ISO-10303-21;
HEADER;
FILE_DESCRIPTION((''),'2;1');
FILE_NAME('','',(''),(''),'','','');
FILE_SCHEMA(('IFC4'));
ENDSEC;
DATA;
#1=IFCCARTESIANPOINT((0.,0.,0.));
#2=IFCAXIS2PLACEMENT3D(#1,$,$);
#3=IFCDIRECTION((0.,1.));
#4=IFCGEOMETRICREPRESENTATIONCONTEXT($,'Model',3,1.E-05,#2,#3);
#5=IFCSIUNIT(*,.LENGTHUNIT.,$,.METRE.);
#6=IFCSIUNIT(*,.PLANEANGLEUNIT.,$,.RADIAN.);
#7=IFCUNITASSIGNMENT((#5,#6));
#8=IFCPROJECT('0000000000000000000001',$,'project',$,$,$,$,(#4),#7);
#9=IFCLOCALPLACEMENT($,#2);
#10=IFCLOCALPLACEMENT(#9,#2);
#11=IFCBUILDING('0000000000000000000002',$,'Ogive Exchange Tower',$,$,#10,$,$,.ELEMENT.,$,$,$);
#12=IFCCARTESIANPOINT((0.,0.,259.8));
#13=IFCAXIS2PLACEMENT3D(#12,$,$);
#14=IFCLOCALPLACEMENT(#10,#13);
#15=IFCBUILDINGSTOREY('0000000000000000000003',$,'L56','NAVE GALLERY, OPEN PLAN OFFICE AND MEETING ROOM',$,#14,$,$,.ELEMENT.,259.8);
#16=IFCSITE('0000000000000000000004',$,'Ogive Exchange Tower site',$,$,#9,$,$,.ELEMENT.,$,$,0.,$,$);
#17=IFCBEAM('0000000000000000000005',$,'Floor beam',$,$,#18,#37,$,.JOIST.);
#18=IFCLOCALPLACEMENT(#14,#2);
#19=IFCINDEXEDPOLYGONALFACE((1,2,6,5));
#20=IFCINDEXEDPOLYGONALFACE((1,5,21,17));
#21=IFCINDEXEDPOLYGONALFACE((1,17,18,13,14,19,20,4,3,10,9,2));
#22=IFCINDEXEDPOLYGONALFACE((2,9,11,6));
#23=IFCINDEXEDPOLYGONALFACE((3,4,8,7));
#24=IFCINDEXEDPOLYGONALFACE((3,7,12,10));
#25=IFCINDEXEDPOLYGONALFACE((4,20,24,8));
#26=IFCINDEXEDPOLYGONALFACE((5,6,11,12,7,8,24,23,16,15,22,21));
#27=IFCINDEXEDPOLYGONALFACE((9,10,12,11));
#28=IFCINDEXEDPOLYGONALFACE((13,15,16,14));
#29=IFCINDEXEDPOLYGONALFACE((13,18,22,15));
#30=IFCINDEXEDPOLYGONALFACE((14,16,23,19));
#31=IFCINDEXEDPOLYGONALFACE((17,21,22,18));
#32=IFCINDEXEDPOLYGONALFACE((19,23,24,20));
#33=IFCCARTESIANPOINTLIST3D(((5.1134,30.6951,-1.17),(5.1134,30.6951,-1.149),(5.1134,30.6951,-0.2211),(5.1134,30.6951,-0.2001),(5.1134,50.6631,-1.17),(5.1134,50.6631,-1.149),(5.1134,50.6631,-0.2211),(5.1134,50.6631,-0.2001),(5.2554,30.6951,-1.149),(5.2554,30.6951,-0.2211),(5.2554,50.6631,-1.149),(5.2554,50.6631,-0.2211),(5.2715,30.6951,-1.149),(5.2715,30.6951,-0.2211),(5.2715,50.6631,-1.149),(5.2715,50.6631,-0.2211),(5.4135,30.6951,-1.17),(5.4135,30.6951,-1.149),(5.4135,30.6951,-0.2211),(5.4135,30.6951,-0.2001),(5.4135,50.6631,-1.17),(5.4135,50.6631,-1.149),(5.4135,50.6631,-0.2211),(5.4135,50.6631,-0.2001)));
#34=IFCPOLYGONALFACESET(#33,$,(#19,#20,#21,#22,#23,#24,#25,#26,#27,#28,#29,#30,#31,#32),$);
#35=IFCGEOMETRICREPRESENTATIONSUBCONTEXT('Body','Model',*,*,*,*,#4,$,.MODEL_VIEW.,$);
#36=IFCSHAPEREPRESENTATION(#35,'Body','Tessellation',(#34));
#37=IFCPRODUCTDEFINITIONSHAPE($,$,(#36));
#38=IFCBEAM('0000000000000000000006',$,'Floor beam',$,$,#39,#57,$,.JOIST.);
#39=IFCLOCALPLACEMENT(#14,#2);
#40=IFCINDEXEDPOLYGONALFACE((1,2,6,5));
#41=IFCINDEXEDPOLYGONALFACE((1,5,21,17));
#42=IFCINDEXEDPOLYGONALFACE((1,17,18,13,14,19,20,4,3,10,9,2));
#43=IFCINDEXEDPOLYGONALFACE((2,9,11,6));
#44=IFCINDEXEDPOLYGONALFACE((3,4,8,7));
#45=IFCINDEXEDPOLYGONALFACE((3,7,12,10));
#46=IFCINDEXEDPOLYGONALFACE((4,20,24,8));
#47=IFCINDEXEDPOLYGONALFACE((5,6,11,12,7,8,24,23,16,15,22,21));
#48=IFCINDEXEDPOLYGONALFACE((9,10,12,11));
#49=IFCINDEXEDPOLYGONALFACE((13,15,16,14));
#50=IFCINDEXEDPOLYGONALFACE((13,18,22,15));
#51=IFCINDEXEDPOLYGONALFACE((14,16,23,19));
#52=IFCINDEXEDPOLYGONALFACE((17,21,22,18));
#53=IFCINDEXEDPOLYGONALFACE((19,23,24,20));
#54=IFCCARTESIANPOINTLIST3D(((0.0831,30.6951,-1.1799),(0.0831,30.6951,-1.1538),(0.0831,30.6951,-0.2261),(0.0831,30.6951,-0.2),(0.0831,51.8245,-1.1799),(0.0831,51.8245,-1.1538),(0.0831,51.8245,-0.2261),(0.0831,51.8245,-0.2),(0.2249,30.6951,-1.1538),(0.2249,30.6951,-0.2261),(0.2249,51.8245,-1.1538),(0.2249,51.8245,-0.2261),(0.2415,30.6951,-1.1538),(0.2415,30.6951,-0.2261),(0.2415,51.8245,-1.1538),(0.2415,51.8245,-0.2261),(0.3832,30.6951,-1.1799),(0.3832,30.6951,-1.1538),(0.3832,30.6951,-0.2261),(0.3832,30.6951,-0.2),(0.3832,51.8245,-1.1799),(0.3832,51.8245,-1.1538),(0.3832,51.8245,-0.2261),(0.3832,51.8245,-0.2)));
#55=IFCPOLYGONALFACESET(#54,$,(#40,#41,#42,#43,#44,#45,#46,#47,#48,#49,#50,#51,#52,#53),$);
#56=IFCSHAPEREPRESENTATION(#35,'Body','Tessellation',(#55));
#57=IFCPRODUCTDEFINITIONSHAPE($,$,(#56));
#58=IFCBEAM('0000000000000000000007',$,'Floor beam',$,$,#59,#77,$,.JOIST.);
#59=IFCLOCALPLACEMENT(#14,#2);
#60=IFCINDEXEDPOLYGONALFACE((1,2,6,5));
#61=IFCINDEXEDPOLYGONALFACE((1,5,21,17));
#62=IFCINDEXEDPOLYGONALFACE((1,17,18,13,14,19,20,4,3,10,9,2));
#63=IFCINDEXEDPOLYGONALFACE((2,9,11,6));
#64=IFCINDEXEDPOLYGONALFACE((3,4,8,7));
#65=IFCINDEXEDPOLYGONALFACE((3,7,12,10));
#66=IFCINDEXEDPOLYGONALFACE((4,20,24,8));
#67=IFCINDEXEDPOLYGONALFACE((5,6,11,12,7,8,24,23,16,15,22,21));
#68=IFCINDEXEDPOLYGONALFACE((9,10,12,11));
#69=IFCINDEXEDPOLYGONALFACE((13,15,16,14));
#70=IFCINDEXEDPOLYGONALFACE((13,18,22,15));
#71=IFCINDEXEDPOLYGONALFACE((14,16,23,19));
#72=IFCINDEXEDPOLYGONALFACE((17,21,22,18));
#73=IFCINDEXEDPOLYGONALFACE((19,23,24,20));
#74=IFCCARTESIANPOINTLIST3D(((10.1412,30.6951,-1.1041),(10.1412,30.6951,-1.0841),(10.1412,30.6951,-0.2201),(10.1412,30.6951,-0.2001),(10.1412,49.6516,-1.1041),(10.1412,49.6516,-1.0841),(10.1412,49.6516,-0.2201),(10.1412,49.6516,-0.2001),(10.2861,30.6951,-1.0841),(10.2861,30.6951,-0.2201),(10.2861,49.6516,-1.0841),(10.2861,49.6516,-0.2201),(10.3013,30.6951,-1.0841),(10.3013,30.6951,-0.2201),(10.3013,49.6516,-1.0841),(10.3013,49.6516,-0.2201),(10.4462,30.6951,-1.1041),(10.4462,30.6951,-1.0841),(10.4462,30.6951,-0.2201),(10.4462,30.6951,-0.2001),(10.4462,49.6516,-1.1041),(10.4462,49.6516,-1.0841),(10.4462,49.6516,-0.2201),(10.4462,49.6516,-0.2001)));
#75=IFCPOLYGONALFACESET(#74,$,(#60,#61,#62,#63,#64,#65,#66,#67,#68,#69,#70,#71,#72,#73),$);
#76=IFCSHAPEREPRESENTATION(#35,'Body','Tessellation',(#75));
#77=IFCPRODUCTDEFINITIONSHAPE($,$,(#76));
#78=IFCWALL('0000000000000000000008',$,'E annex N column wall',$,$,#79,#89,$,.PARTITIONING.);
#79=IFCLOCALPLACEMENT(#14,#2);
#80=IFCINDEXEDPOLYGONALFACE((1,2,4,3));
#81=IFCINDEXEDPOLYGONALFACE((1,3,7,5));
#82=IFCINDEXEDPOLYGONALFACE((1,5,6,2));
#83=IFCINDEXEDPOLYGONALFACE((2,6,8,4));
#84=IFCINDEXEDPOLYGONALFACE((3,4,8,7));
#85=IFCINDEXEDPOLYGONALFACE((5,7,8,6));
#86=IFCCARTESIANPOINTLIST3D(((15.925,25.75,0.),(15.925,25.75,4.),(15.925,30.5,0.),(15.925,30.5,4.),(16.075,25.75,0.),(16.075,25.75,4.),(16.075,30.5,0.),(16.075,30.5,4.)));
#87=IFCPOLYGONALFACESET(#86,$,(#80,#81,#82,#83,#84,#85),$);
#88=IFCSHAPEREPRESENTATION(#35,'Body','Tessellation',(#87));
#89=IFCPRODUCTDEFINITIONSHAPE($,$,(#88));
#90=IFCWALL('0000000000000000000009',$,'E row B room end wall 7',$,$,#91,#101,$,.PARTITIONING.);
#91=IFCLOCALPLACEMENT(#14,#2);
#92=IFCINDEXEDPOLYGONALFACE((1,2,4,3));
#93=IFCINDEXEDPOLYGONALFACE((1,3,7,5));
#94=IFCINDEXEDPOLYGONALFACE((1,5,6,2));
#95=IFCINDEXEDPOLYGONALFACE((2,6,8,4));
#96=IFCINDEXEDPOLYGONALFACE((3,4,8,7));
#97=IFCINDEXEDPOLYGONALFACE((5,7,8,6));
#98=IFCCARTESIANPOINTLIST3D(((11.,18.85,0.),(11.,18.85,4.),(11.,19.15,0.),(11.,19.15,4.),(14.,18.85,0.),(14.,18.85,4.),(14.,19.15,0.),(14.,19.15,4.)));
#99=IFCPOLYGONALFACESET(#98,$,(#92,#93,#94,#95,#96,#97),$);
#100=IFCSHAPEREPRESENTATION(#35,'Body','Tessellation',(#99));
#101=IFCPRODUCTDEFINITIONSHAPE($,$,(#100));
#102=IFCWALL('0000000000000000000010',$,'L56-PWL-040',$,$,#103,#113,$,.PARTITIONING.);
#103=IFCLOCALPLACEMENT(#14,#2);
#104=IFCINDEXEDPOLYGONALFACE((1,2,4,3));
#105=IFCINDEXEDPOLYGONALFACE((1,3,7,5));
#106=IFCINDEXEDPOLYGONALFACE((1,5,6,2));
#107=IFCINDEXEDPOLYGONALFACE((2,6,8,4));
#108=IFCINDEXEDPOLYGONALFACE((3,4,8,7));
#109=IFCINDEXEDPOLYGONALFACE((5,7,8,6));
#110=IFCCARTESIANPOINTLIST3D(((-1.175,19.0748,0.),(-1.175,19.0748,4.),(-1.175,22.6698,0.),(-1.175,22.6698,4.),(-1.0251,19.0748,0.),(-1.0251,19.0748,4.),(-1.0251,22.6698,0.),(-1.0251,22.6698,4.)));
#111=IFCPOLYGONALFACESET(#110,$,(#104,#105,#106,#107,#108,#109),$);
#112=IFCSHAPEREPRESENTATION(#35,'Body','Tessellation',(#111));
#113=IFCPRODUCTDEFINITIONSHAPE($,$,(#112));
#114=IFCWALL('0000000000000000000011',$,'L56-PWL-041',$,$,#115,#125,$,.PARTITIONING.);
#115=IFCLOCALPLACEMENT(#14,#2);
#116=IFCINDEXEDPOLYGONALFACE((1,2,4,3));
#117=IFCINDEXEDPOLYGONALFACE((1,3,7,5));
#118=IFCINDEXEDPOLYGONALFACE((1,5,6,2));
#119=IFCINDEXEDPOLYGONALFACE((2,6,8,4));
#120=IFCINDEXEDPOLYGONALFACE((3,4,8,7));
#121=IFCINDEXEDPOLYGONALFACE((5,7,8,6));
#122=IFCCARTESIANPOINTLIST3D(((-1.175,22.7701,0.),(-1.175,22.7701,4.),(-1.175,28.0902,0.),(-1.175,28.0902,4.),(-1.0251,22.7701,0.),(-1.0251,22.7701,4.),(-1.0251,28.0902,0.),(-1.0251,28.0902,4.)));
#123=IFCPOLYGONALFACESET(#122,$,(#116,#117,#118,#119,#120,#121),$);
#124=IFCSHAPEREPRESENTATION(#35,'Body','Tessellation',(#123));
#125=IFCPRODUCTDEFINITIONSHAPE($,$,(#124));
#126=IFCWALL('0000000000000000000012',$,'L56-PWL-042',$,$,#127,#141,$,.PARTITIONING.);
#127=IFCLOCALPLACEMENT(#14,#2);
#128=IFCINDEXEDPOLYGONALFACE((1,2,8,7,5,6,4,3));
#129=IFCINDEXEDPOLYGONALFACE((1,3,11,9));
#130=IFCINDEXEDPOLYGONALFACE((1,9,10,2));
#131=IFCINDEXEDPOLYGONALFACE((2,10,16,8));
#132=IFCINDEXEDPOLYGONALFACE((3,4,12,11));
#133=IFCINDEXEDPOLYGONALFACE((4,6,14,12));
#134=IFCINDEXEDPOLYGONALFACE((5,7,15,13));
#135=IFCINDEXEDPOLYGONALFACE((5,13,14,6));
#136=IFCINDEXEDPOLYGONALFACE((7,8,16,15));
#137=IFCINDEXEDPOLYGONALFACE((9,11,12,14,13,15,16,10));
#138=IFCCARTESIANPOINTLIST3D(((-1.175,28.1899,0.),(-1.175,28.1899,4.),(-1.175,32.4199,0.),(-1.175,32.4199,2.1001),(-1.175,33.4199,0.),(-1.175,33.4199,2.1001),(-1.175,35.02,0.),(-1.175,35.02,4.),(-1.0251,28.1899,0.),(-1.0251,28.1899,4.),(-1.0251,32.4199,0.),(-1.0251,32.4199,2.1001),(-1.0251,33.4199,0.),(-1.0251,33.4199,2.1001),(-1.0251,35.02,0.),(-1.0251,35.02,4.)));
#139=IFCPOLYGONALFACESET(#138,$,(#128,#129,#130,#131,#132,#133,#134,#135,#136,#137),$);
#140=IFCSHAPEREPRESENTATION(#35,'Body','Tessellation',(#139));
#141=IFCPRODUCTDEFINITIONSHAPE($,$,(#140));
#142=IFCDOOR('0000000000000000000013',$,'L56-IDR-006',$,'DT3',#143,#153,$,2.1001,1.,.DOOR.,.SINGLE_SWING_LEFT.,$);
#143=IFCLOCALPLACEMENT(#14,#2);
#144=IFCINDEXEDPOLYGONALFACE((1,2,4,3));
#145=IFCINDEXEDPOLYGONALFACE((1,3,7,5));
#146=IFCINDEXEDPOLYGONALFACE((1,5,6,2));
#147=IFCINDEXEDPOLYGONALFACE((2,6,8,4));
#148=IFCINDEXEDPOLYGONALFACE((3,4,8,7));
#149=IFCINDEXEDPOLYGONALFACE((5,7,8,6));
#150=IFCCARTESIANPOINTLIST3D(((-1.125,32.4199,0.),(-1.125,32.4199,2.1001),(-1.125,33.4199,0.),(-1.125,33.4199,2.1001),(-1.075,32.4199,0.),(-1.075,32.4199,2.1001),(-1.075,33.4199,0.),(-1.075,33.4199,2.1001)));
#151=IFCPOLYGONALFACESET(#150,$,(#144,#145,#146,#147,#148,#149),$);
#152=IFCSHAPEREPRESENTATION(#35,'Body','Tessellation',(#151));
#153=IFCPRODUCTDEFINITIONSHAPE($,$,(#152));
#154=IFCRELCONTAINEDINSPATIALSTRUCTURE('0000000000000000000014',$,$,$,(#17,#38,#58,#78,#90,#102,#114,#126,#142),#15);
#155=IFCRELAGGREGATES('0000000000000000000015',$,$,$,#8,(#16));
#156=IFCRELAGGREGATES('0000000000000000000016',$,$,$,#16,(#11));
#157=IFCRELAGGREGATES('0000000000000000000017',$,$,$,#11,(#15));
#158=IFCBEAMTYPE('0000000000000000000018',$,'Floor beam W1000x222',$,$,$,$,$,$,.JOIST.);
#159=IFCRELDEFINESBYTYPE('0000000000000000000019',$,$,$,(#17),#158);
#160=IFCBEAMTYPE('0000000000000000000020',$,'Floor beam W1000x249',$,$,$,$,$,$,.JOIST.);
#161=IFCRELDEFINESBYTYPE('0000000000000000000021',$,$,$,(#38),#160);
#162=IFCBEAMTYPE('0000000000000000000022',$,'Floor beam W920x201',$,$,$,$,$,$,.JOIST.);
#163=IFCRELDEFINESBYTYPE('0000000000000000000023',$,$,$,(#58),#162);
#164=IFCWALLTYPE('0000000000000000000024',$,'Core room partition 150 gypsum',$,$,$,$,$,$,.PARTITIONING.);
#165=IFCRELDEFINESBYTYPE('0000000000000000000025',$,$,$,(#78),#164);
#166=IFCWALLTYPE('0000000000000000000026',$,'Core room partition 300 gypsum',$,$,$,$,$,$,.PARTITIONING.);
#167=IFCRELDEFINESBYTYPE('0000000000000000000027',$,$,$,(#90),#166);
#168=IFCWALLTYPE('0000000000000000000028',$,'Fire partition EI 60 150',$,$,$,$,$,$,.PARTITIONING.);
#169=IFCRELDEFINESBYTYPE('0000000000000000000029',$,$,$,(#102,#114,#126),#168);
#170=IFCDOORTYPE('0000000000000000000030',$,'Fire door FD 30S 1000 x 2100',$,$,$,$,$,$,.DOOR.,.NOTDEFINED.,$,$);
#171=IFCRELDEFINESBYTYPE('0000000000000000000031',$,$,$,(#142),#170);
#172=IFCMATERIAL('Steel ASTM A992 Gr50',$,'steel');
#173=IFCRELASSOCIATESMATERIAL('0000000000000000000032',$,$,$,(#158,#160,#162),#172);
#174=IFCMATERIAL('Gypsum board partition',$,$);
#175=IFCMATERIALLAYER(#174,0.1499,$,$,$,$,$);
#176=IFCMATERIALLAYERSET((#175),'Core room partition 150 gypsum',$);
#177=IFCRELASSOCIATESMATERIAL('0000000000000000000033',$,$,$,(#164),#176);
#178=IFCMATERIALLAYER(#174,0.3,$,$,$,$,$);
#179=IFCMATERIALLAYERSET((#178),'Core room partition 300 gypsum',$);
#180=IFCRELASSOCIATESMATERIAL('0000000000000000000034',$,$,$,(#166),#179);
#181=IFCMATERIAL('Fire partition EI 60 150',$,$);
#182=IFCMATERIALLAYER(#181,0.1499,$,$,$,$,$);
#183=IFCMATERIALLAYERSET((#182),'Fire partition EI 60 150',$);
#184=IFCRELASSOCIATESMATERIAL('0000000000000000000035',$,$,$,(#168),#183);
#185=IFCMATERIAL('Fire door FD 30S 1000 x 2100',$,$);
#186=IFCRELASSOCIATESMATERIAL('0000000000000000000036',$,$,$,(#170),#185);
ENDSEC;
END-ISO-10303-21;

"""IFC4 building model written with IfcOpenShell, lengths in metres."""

from ifc_helpers import new_model, si_unit, direction, frame, frame_2d, origin, origin_2d, place, context, subcontext, project, spatial, rectangle, i_section, extrude, material, layer, layer_set, material_profile, profile_set, type_object, element, fill, save


model = new_model("IFC4")

# Units and contexts
model_context = context("Model", 3, precision=1e-05, world=origin(), true_north=direction((0.0, 1.0)))
body_context = subcontext(model_context, "Body", "Model", "MODEL_VIEW")
ifc_project = project(units=[si_unit("LENGTHUNIT", "METRE"), si_unit("PLANEANGLEUNIT", "RADIAN")], contexts=[model_context])

# Site, building, storey
site_placement = place(None, origin())
site = spatial("IfcSite", under=ifc_project, at=site_placement, Name="Ogive Exchange Tower site", CompositionType="ELEMENT", RefElevation=0.0)
building_placement = place(site_placement, origin())
building = spatial("IfcBuilding", under=site, at=building_placement, Name="Ogive Exchange Tower", CompositionType="ELEMENT")
storey_placement = place(building_placement, frame((0.0, 0.0, 259.8)))
storey = spatial("IfcBuildingStorey", under=building, at=storey_placement, Name="L56", Description="NAVE GALLERY, OPEN PLAN OFFICE AND MEETING ROOM", CompositionType="ELEMENT", Elevation=259.8)

# Beams
ifc_material_1 = material(Name="Steel ASTM A992 Gr50", Category="steel")
ifc_material_profile_1 = material_profile(ifc_material_1, i_section(OverallWidth=0.3, OverallDepth=0.97, WebThickness=0.0161, FlangeThickness=0.021, at=origin_2d()), Name="W1000x222")
ifc_profile_set_1 = profile_set([ifc_material_profile_1], Name="Steel ASTM A992 Gr50")
beam_type_1 = type_object("IfcBeamType", Name="Floor beam W1000x222", PredefinedType="JOIST", material=ifc_profile_set_1)
beam_1_placement = place(storey_placement, frame((5.2634, 30.6951, -0.6851), z_axis=(0.0, 1.0, 0.0), x_axis=(-1.0, 0.0, 0.0)))
element("IfcBeam", 1, at=beam_1_placement, inside=storey, type_object=beam_type_1, Name="Floor beam", PredefinedType="JOIST", context=body_context, shape_type="SweptSolid", body=[
    extrude(i_section(OverallWidth=0.3, OverallDepth=0.97, WebThickness=0.0161, FlangeThickness=0.021, at=origin_2d()), origin(), (0.0, 0.0, 1.0), 19.968),
])
ifc_material_profile_2 = material_profile(ifc_material_1, i_section(OverallWidth=0.3, OverallDepth=0.98, WebThickness=0.0166, FlangeThickness=0.0261, at=origin_2d()), Name="W1000x249")
ifc_profile_set_2 = profile_set([ifc_material_profile_2], Name="Steel ASTM A992 Gr50")
beam_type_2 = type_object("IfcBeamType", Name="Floor beam W1000x249", PredefinedType="JOIST", material=ifc_profile_set_2)
beam_2_placement = place(storey_placement, frame((0.2332, 30.6951, -0.6899), z_axis=(0.0, 1.0, 0.0), x_axis=(-1.0, 0.0, 0.0)))
element("IfcBeam", 2, at=beam_2_placement, inside=storey, type_object=beam_type_2, Name="Floor beam", PredefinedType="JOIST", context=body_context, shape_type="SweptSolid", body=[
    extrude(i_section(OverallWidth=0.3, OverallDepth=0.98, WebThickness=0.0166, FlangeThickness=0.0261, at=origin_2d()), origin(), (0.0, 0.0, 1.0), 21.1294),
])
ifc_material_profile_3 = material_profile(ifc_material_1, i_section(OverallWidth=0.3049, OverallDepth=0.9041, WebThickness=0.0151, FlangeThickness=0.02, at=origin_2d()), Name="W920x201")
ifc_profile_set_3 = profile_set([ifc_material_profile_3], Name="Steel ASTM A992 Gr50")
beam_type_3 = type_object("IfcBeamType", Name="Floor beam W920x201", PredefinedType="JOIST", material=ifc_profile_set_3)
beam_3_placement = place(storey_placement, frame((10.2937, 30.6951, -0.6521), z_axis=(0.0, 1.0, 0.0), x_axis=(-1.0, 0.0, 0.0)))
element("IfcBeam", 3, at=beam_3_placement, inside=storey, type_object=beam_type_3, Name="Floor beam", PredefinedType="JOIST", context=body_context, shape_type="SweptSolid", body=[
    extrude(i_section(OverallWidth=0.3049, OverallDepth=0.9041, WebThickness=0.0151, FlangeThickness=0.02, at=origin_2d()), origin(), (0.0, 0.0, 1.0), 18.9565),
])

# Walls
ifc_material_2 = material(Name="Gypsum board partition")
ifc_layer_1 = layer(ifc_material_2, 0.1499)
ifc_layer_set_1 = layer_set([ifc_layer_1], Name="Core room partition 150 gypsum")
wall_type_1 = type_object("IfcWallType", Name="Core room partition 150 gypsum", PredefinedType="PARTITIONING", material=ifc_layer_set_1)
wall_1_placement = place(storey_placement, frame((16.0, 25.75, 0.0), z_axis=(0.0, 0.0, 1.0), x_axis=(0.0, 1.0, 0.0)))
element("IfcWall", 4, at=wall_1_placement, inside=storey, type_object=wall_type_1, Name="E annex N column wall", PredefinedType="PARTITIONING", context=body_context, shape_type="SweptSolid", body=[
    extrude(rectangle(XDim=4.75, YDim=0.1499, at=frame_2d((2.375, 0.0))), origin(), (0.0, 0.0, 1.0), 4.0),
])
ifc_layer_2 = layer(ifc_material_2, 0.3)
ifc_layer_set_2 = layer_set([ifc_layer_2], Name="Core room partition 300 gypsum")
wall_type_2 = type_object("IfcWallType", Name="Core room partition 300 gypsum", PredefinedType="PARTITIONING", material=ifc_layer_set_2)
wall_2_placement = place(storey_placement, frame((11.0, 19.0, 0.0), z_axis=(0.0, 0.0, 1.0), x_axis=(1.0, 0.0, 0.0)))
element("IfcWall", 5, at=wall_2_placement, inside=storey, type_object=wall_type_2, Name="E row B room end wall 7", PredefinedType="PARTITIONING", context=body_context, shape_type="SweptSolid", body=[
    extrude(rectangle(XDim=3.0, YDim=0.3, at=frame_2d((1.5, 0.0))), origin(), (0.0, 0.0, 1.0), 4.0),
])
ifc_material_3 = material(Name="Fire partition EI 60 150")
ifc_layer_3 = layer(ifc_material_3, 0.1499)
ifc_layer_set_3 = layer_set([ifc_layer_3], Name="Fire partition EI 60 150")
wall_type_3 = type_object("IfcWallType", Name="Fire partition EI 60 150", PredefinedType="PARTITIONING", material=ifc_layer_set_3)
wall_3_placement = place(storey_placement, frame((-1.1001, 19.075, 0.0), z_axis=(0.0, 0.0, 1.0), x_axis=(0.0, 1.0, 0.0)))
element("IfcWall", 6, at=wall_3_placement, inside=storey, type_object=wall_type_3, Name="L56-PWL-040", PredefinedType="PARTITIONING", context=body_context, shape_type="SweptSolid", body=[
    extrude(rectangle(XDim=3.595, YDim=0.1499, at=frame_2d((1.7974, 0.0))), origin(), (0.0, 0.0, 1.0), 4.0),
])
wall_4_placement = place(storey_placement, frame((-1.1001, 22.77, 0.0), z_axis=(0.0, 0.0, 1.0), x_axis=(0.0, 1.0, 0.0)))
element("IfcWall", 7, at=wall_4_placement, inside=storey, type_object=wall_type_3, Name="L56-PWL-041", PredefinedType="PARTITIONING", context=body_context, shape_type="SweptSolid", body=[
    extrude(rectangle(XDim=5.3201, YDim=0.1499, at=frame_2d((2.6602, 0.0))), origin(), (0.0, 0.0, 1.0), 4.0),
])

# Wall, opening, door
wall_5_placement = place(storey_placement, frame((-1.1001, 28.1899, 0.0), z_axis=(0.0, 0.0, 1.0), x_axis=(0.0, 1.0, 0.0)))
wall_5 = element("IfcWall", 8, at=wall_5_placement, inside=storey, type_object=wall_type_3, Name="L56-PWL-042", PredefinedType="PARTITIONING", context=body_context, shape_type="SweptSolid", body=[
    extrude(rectangle(XDim=6.8301, YDim=0.1499, at=frame_2d((3.415, 0.0))), origin(), (0.0, 0.0, 1.0), 4.0),
])
opening_1_placement = place(wall_5_placement, frame((4.23, 0.0, 0.0)))
opening_1 = element("IfcOpeningElement", 9, at=opening_1_placement, cuts=wall_5, PredefinedType="OPENING", context=body_context, shape_type="SweptSolid", body=[
    extrude(rectangle(XDim=1.0, YDim=2.1001, at=frame_2d((0.5, 1.05))), frame((0.0, 0.085, 0.0), z_axis=(0.0, -1.0, 0.0), x_axis=(1.0, 0.0, 0.0)), (0.0, 0.0, 1.0), 0.1699),
])
ifc_material_4 = material(Name="Fire door FD 30S 1000 x 2100")
door_type_1 = type_object("IfcDoorType", Name="Fire door FD 30S 1000 x 2100", OperationType="NOTDEFINED", PredefinedType="DOOR", material=ifc_material_4)
door_1_placement = place(opening_1_placement, origin())
door_1 = element("IfcDoor", 10, at=door_1_placement, inside=storey, type_object=door_type_1, Name="L56-IDR-006", ObjectType="DT3", OperationType="SINGLE_SWING_LEFT", OverallHeight=2.1001, OverallWidth=1.0, PredefinedType="DOOR", context=body_context, shape_type="SweptSolid", body=[
    extrude(rectangle(XDim=1.0, YDim=2.1001, at=frame_2d((0.5, 1.05))), frame((0.0, 0.0249, 0.0), z_axis=(0.0, -1.0, 0.0), x_axis=(1.0, 0.0, 0.0)), (0.0, 0.0, 1.0), 0.05),
])
fill(opening_1, door_1)

save(model, "model.ifc")
